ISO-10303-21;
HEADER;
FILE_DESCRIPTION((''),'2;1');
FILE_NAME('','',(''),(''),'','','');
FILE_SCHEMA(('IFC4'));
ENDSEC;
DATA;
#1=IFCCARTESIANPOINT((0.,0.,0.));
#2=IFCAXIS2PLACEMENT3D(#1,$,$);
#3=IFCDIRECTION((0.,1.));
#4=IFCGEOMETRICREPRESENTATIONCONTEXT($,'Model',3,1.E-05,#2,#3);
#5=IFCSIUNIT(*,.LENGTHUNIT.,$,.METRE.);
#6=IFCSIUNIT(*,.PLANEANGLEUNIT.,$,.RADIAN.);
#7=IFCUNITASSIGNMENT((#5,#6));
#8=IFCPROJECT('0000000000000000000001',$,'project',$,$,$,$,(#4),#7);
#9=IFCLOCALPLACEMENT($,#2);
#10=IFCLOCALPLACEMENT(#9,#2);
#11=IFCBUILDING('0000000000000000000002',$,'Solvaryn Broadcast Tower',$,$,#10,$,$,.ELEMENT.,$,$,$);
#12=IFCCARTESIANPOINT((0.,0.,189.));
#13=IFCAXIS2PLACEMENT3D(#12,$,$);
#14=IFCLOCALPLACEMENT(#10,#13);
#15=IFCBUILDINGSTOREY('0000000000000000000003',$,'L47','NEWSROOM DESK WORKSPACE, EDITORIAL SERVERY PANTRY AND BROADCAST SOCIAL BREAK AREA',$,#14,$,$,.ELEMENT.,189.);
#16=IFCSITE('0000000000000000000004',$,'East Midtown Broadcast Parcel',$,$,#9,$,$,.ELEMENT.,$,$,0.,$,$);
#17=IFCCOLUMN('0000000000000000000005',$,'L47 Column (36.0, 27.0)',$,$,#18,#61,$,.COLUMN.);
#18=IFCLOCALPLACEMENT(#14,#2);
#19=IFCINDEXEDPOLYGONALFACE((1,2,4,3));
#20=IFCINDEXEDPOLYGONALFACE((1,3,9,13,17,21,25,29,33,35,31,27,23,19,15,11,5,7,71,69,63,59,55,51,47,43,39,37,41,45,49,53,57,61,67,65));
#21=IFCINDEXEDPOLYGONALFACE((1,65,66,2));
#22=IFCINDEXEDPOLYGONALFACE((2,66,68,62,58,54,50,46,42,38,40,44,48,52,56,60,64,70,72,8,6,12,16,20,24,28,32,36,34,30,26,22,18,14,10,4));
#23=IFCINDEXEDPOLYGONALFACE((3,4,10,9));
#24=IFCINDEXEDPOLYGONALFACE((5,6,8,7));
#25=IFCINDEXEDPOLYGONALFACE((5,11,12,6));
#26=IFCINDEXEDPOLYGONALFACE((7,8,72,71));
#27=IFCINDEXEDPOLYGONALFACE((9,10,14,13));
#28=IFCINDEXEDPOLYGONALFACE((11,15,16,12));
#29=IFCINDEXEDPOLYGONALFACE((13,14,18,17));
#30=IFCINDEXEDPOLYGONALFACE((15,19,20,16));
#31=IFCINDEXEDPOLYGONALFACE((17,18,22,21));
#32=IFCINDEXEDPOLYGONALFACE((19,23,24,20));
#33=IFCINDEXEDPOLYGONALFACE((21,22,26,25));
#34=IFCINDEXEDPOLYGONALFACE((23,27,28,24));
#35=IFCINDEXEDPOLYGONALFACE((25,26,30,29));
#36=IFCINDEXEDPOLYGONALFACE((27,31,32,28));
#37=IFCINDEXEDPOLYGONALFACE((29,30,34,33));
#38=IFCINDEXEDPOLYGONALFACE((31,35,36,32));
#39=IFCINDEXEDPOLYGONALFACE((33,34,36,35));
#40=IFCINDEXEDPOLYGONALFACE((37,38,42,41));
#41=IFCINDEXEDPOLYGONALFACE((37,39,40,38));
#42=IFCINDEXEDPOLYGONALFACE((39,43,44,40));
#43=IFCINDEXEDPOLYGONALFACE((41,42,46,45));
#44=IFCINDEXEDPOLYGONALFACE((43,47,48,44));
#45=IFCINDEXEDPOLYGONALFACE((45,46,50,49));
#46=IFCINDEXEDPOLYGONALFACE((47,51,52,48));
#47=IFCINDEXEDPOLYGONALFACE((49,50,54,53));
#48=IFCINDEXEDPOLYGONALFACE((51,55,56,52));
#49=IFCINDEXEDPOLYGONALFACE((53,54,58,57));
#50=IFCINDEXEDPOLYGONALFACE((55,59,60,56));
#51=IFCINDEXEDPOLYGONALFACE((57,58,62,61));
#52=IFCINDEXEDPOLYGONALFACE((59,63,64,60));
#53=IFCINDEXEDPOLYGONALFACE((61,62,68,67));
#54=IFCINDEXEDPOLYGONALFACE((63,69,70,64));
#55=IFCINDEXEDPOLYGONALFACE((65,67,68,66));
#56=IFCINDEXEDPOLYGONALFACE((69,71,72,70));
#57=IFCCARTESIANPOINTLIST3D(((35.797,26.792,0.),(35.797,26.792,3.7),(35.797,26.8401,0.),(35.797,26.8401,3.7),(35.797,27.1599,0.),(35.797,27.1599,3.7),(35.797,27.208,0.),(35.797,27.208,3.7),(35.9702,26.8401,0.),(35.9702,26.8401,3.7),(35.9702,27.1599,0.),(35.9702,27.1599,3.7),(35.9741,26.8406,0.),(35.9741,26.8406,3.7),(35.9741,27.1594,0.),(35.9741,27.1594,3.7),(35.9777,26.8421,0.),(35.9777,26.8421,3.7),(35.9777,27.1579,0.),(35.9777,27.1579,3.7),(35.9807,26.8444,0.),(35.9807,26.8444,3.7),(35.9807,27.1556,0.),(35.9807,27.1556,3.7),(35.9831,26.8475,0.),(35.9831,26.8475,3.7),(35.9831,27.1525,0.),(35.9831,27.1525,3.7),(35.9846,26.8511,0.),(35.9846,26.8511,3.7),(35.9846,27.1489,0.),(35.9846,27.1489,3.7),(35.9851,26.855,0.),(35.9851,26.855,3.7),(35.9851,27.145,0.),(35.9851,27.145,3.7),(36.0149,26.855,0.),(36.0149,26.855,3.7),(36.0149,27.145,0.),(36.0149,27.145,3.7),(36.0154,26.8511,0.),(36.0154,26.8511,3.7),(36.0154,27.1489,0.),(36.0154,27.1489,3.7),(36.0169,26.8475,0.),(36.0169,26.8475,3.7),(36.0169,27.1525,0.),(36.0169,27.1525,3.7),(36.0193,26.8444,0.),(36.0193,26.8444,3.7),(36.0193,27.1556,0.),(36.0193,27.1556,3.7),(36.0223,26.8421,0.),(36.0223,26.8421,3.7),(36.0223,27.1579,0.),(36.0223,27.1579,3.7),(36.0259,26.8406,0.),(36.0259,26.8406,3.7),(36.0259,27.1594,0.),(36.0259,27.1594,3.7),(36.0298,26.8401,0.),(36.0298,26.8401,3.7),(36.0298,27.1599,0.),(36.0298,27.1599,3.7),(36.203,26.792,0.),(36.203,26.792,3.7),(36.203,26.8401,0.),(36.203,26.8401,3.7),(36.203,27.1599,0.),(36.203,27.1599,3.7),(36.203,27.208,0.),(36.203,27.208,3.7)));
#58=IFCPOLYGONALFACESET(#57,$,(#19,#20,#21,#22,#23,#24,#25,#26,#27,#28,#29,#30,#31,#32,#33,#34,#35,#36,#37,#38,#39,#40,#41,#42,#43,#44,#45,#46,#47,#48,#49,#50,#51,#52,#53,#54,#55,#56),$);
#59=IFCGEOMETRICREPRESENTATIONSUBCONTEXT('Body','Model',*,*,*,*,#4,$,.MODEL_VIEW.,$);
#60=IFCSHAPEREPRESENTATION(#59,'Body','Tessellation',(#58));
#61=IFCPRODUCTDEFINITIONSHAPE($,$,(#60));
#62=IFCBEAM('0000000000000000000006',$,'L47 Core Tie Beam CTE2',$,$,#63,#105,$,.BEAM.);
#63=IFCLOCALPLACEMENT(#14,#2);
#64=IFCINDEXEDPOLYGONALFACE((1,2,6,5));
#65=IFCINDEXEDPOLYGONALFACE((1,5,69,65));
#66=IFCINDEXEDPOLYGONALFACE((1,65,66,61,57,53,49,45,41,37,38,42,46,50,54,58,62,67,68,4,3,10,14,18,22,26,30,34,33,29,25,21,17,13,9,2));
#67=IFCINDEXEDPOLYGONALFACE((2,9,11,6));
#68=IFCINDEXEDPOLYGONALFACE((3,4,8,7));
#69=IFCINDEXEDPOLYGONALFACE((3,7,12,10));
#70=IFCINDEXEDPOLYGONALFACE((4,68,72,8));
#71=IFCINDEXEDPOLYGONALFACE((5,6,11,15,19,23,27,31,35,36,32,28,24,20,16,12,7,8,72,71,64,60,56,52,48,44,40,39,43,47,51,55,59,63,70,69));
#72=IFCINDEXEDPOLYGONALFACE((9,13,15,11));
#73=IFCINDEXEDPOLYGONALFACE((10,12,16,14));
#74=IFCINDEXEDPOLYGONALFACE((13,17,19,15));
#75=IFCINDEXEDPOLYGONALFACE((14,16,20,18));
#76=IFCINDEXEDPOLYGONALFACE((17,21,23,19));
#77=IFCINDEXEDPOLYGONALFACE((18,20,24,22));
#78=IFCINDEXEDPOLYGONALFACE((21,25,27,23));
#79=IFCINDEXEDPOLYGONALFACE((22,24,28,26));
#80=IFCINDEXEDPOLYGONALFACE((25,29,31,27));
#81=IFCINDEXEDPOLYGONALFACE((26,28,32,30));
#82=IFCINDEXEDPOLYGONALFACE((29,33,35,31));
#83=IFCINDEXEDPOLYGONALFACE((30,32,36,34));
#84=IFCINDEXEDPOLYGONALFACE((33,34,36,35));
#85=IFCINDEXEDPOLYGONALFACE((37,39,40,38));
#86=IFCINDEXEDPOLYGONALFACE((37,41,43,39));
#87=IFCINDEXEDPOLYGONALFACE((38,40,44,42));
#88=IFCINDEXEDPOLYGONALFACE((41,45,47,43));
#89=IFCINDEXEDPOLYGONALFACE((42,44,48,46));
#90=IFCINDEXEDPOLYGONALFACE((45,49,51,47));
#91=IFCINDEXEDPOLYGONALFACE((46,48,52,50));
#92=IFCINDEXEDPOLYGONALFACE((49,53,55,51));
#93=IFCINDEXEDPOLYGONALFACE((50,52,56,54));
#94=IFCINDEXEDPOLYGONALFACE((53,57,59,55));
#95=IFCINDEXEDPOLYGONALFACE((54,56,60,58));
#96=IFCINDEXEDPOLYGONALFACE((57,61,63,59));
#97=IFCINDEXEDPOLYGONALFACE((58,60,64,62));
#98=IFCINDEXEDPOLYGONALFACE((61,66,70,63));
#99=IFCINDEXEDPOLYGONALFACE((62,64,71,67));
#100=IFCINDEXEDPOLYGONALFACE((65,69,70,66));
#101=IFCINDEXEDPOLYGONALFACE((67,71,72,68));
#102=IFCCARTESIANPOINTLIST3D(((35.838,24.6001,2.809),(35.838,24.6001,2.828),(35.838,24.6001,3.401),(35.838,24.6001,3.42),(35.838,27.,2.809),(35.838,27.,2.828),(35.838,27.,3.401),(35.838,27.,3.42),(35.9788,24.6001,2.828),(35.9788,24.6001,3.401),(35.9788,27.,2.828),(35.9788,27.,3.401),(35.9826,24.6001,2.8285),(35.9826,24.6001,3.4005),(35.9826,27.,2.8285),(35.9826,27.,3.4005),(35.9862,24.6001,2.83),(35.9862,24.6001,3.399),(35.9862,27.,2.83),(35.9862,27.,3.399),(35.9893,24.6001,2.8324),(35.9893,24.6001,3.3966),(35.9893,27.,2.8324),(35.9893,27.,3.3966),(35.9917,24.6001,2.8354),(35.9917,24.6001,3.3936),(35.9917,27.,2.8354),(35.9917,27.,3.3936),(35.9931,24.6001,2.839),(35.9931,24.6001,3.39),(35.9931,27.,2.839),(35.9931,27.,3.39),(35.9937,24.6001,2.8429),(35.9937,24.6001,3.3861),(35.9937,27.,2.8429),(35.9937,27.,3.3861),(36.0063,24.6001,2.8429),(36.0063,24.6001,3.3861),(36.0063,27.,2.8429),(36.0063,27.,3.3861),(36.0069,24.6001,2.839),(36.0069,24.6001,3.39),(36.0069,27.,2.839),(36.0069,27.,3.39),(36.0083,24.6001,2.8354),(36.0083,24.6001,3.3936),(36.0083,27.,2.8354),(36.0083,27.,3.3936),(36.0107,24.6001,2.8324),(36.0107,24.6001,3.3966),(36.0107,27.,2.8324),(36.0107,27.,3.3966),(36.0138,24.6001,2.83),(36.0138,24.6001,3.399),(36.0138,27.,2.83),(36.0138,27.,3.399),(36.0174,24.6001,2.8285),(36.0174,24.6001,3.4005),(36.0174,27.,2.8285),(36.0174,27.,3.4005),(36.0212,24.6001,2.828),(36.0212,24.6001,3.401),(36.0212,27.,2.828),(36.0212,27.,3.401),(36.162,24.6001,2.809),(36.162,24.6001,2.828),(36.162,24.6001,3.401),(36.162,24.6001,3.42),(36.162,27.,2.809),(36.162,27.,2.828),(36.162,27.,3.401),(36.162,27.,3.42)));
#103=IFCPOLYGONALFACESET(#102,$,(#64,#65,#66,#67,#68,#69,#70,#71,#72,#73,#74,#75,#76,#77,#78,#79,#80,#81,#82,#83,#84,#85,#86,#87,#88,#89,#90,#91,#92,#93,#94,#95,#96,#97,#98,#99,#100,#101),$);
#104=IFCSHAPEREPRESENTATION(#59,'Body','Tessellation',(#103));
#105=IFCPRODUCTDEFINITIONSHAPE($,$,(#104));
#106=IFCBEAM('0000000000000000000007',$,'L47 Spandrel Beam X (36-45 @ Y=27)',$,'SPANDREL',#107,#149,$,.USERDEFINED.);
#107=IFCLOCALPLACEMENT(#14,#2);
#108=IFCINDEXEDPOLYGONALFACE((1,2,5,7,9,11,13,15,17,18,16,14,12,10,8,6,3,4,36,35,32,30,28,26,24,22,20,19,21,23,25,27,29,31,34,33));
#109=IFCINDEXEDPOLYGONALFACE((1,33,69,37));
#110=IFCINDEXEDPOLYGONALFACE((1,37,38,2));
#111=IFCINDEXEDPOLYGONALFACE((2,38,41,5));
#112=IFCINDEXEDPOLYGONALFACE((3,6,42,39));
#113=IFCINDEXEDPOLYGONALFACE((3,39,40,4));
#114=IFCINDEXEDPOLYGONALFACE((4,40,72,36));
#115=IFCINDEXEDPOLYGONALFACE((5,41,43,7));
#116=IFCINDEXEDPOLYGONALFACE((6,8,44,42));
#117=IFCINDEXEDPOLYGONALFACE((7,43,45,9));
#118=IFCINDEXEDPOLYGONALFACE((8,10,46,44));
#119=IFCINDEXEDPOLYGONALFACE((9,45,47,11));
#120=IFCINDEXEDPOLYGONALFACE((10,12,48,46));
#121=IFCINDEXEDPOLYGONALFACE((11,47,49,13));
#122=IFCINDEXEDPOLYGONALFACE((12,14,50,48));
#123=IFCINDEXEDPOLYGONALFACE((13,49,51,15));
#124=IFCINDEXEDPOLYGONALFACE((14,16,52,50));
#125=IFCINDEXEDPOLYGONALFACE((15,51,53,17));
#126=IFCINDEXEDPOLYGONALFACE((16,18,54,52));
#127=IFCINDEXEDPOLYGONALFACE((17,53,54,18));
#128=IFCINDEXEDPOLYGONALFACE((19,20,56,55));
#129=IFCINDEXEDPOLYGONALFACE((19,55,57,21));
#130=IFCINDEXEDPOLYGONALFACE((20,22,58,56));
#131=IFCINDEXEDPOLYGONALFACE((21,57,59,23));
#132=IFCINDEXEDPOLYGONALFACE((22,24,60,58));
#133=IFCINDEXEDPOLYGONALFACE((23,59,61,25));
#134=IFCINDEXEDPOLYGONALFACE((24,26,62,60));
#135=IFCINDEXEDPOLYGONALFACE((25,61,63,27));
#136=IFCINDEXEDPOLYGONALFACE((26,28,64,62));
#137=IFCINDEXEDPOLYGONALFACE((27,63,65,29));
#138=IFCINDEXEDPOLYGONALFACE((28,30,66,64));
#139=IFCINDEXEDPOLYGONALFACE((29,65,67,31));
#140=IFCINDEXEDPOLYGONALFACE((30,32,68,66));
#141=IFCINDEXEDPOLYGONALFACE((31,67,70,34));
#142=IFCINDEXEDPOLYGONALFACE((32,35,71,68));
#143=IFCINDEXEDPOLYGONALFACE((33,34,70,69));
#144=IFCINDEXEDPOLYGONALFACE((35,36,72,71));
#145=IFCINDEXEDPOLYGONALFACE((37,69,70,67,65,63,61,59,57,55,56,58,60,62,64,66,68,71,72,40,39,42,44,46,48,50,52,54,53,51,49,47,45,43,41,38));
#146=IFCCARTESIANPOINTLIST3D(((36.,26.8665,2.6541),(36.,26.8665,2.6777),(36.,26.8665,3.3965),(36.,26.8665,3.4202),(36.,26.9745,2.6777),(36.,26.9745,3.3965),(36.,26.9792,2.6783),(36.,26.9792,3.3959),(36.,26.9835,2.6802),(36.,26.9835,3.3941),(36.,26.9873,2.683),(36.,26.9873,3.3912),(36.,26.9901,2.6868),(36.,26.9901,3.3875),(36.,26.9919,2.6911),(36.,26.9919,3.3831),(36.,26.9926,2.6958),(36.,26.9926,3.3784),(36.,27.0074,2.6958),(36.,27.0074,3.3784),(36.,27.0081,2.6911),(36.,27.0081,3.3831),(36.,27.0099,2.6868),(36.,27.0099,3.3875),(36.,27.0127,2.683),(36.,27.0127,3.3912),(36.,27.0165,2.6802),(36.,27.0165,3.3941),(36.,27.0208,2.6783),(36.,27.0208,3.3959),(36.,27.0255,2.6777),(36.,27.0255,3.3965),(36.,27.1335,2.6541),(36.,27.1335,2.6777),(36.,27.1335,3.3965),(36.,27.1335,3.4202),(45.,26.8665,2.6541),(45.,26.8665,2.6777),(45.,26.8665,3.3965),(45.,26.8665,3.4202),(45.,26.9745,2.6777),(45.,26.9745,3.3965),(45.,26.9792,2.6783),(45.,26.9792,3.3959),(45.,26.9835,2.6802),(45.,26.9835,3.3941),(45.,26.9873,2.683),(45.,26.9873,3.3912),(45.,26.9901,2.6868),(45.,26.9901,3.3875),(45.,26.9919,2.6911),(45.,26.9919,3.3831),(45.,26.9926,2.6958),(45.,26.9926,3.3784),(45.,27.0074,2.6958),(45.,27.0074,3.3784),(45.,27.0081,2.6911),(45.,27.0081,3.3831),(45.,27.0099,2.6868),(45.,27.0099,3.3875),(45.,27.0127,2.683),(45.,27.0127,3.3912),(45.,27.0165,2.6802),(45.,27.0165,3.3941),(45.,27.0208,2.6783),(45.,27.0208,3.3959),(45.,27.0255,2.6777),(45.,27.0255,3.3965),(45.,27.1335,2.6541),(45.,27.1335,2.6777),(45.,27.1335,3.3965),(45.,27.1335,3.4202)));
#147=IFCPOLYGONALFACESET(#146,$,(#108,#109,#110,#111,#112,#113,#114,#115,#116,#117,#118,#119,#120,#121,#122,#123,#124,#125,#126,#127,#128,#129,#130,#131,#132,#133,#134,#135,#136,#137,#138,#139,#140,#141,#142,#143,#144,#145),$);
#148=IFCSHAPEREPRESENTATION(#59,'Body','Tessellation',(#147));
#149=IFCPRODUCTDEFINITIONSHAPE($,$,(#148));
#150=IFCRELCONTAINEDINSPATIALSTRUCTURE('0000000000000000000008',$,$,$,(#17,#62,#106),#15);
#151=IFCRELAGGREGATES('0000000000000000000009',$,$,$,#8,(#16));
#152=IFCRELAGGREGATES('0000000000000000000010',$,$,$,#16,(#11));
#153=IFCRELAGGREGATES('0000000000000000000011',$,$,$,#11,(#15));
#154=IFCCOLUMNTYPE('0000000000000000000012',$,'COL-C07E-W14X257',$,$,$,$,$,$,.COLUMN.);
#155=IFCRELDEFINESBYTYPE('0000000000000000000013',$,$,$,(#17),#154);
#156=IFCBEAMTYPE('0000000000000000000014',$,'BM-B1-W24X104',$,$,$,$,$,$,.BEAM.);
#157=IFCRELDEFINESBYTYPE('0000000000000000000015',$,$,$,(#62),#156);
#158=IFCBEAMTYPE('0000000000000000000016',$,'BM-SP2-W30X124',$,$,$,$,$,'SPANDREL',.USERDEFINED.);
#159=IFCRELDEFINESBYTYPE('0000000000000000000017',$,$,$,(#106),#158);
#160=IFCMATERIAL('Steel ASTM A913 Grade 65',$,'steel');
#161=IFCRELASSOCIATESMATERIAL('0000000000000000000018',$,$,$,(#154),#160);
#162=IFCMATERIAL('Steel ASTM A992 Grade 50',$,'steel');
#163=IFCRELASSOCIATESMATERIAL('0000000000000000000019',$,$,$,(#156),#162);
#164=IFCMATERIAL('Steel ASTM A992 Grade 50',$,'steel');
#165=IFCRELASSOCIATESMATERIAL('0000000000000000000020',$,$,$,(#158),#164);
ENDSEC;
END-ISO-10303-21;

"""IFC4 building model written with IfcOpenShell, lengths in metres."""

from ifc_helpers import new_model, si_unit, direction, frame, origin, origin_2d, place, context, subcontext, project, spatial, i_section, extrude, material, material_profile, profile_set, type_object, element, save


model = new_model("IFC4")

# Units and contexts
model_context = context("Model", 3, precision=1e-05, world=origin(), true_north=direction((0.0, 1.0)))
body_context = subcontext(model_context, "Body", "Model", "MODEL_VIEW")
ifc_project = project(units=[si_unit("LENGTHUNIT", "METRE"), si_unit("PLANEANGLEUNIT", "RADIAN")], contexts=[model_context])

# Site, building, storey
site_placement = place(None, origin())
site = spatial("IfcSite", under=ifc_project, at=site_placement, Name="East Midtown Broadcast Parcel", CompositionType="ELEMENT", RefElevation=0.0)
building_placement = place(site_placement, origin())
building = spatial("IfcBuilding", under=site, at=building_placement, Name="Solvaryn Broadcast Tower", CompositionType="ELEMENT")
storey_placement = place(building_placement, frame((0.0, 0.0, 189.0)))
storey = spatial("IfcBuildingStorey", under=building, at=storey_placement, Name="L47", Description="NEWSROOM DESK WORKSPACE, EDITORIAL SERVERY PANTRY AND BROADCAST SOCIAL BREAK AREA", CompositionType="ELEMENT", Elevation=189.0)

# Column
ifc_material_1 = material(Name="Steel ASTM A913 Grade 65", Category="steel")
ifc_material_profile_1 = material_profile(ifc_material_1, i_section(OverallWidth=0.406, OverallDepth=0.416, WebThickness=0.0298, FlangeThickness=0.0481, FilletRadius=0.0149, at=origin_2d()))
ifc_profile_set_1 = profile_set([ifc_material_profile_1], Name="Steel ASTM A913 Grade 65")
column_type = type_object("IfcColumnType", Name="COL-C07E-W14X257", PredefinedType="COLUMN", material=ifc_profile_set_1)
column_placement = place(storey_placement, frame((36.0, 27.0, 0.0), z_axis=(0.0, 0.0, 1.0), x_axis=(1.0, 0.0, 0.0)))
element("IfcColumn", 1, at=column_placement, inside=storey, type_object=column_type, Name="L47 Column (36.0, 27.0)", PredefinedType="COLUMN", context=body_context, shape_type="SweptSolid", body=[
    extrude(i_section(OverallWidth=0.406, OverallDepth=0.416, WebThickness=0.0298, FlangeThickness=0.0481, FilletRadius=0.0149, at=origin_2d()), origin(), (0.0, 0.0, 1.0), 3.7),
])

# Beams
ifc_material_2 = material(Name="Steel ASTM A992 Grade 50", Category="steel")
ifc_material_profile_2 = material_profile(ifc_material_2, i_section(OverallWidth=0.324, OverallDepth=0.6111, WebThickness=0.0127, FlangeThickness=0.019, FilletRadius=0.0149, at=origin_2d()))
ifc_profile_set_2 = profile_set([ifc_material_profile_2], Name="Steel ASTM A992 Grade 50")
beam_type_1 = type_object("IfcBeamType", Name="BM-B1-W24X104", PredefinedType="BEAM", material=ifc_profile_set_2)
beam_1_placement = place(storey_placement, frame((36.0, 24.6001, 3.1145), z_axis=(0.0, 1.0, 0.0), x_axis=(-1.0, 0.0, 0.0)))
element("IfcBeam", 2, at=beam_1_placement, inside=storey, type_object=beam_type_1, Name="L47 Core Tie Beam CTE2", PredefinedType="BEAM", context=body_context, shape_type="SweptSolid", body=[
    extrude(i_section(OverallWidth=0.324, OverallDepth=0.6111, WebThickness=0.0127, FlangeThickness=0.019, FilletRadius=0.0149, at=origin_2d()), origin(), (0.0, 0.0, 1.0), 2.3999),
])
ifc_material_3 = material(Name="Steel ASTM A992 Grade 50", Category="steel")
ifc_material_profile_3 = material_profile(ifc_material_3, i_section(OverallWidth=0.2671, OverallDepth=0.7661, WebThickness=0.0149, FlangeThickness=0.0237, FilletRadius=0.0181, at=origin_2d()))
ifc_profile_set_3 = profile_set([ifc_material_profile_3], Name="Steel ASTM A992 Grade 50")
beam_type_2 = type_object("IfcBeamType", Name="BM-SP2-W30X124", ElementType="SPANDREL", PredefinedType="USERDEFINED", material=ifc_profile_set_3)
beam_2_placement = place(storey_placement, frame((36.0, 27.0, 3.0371), z_axis=(1.0, 0.0, 0.0), x_axis=(0.0, 1.0, 0.0)))
element("IfcBeam", 3, at=beam_2_placement, inside=storey, type_object=beam_type_2, Name="L47 Spandrel Beam X (36-45 @ Y=27)", ObjectType="SPANDREL", PredefinedType="USERDEFINED", context=body_context, shape_type="SweptSolid", body=[
    extrude(i_section(OverallWidth=0.2671, OverallDepth=0.7661, WebThickness=0.0149, FlangeThickness=0.0237, FilletRadius=0.0181, at=origin_2d()), origin(), (0.0, 0.0, 1.0), 9.0),
])

save(model, "model.ifc")
